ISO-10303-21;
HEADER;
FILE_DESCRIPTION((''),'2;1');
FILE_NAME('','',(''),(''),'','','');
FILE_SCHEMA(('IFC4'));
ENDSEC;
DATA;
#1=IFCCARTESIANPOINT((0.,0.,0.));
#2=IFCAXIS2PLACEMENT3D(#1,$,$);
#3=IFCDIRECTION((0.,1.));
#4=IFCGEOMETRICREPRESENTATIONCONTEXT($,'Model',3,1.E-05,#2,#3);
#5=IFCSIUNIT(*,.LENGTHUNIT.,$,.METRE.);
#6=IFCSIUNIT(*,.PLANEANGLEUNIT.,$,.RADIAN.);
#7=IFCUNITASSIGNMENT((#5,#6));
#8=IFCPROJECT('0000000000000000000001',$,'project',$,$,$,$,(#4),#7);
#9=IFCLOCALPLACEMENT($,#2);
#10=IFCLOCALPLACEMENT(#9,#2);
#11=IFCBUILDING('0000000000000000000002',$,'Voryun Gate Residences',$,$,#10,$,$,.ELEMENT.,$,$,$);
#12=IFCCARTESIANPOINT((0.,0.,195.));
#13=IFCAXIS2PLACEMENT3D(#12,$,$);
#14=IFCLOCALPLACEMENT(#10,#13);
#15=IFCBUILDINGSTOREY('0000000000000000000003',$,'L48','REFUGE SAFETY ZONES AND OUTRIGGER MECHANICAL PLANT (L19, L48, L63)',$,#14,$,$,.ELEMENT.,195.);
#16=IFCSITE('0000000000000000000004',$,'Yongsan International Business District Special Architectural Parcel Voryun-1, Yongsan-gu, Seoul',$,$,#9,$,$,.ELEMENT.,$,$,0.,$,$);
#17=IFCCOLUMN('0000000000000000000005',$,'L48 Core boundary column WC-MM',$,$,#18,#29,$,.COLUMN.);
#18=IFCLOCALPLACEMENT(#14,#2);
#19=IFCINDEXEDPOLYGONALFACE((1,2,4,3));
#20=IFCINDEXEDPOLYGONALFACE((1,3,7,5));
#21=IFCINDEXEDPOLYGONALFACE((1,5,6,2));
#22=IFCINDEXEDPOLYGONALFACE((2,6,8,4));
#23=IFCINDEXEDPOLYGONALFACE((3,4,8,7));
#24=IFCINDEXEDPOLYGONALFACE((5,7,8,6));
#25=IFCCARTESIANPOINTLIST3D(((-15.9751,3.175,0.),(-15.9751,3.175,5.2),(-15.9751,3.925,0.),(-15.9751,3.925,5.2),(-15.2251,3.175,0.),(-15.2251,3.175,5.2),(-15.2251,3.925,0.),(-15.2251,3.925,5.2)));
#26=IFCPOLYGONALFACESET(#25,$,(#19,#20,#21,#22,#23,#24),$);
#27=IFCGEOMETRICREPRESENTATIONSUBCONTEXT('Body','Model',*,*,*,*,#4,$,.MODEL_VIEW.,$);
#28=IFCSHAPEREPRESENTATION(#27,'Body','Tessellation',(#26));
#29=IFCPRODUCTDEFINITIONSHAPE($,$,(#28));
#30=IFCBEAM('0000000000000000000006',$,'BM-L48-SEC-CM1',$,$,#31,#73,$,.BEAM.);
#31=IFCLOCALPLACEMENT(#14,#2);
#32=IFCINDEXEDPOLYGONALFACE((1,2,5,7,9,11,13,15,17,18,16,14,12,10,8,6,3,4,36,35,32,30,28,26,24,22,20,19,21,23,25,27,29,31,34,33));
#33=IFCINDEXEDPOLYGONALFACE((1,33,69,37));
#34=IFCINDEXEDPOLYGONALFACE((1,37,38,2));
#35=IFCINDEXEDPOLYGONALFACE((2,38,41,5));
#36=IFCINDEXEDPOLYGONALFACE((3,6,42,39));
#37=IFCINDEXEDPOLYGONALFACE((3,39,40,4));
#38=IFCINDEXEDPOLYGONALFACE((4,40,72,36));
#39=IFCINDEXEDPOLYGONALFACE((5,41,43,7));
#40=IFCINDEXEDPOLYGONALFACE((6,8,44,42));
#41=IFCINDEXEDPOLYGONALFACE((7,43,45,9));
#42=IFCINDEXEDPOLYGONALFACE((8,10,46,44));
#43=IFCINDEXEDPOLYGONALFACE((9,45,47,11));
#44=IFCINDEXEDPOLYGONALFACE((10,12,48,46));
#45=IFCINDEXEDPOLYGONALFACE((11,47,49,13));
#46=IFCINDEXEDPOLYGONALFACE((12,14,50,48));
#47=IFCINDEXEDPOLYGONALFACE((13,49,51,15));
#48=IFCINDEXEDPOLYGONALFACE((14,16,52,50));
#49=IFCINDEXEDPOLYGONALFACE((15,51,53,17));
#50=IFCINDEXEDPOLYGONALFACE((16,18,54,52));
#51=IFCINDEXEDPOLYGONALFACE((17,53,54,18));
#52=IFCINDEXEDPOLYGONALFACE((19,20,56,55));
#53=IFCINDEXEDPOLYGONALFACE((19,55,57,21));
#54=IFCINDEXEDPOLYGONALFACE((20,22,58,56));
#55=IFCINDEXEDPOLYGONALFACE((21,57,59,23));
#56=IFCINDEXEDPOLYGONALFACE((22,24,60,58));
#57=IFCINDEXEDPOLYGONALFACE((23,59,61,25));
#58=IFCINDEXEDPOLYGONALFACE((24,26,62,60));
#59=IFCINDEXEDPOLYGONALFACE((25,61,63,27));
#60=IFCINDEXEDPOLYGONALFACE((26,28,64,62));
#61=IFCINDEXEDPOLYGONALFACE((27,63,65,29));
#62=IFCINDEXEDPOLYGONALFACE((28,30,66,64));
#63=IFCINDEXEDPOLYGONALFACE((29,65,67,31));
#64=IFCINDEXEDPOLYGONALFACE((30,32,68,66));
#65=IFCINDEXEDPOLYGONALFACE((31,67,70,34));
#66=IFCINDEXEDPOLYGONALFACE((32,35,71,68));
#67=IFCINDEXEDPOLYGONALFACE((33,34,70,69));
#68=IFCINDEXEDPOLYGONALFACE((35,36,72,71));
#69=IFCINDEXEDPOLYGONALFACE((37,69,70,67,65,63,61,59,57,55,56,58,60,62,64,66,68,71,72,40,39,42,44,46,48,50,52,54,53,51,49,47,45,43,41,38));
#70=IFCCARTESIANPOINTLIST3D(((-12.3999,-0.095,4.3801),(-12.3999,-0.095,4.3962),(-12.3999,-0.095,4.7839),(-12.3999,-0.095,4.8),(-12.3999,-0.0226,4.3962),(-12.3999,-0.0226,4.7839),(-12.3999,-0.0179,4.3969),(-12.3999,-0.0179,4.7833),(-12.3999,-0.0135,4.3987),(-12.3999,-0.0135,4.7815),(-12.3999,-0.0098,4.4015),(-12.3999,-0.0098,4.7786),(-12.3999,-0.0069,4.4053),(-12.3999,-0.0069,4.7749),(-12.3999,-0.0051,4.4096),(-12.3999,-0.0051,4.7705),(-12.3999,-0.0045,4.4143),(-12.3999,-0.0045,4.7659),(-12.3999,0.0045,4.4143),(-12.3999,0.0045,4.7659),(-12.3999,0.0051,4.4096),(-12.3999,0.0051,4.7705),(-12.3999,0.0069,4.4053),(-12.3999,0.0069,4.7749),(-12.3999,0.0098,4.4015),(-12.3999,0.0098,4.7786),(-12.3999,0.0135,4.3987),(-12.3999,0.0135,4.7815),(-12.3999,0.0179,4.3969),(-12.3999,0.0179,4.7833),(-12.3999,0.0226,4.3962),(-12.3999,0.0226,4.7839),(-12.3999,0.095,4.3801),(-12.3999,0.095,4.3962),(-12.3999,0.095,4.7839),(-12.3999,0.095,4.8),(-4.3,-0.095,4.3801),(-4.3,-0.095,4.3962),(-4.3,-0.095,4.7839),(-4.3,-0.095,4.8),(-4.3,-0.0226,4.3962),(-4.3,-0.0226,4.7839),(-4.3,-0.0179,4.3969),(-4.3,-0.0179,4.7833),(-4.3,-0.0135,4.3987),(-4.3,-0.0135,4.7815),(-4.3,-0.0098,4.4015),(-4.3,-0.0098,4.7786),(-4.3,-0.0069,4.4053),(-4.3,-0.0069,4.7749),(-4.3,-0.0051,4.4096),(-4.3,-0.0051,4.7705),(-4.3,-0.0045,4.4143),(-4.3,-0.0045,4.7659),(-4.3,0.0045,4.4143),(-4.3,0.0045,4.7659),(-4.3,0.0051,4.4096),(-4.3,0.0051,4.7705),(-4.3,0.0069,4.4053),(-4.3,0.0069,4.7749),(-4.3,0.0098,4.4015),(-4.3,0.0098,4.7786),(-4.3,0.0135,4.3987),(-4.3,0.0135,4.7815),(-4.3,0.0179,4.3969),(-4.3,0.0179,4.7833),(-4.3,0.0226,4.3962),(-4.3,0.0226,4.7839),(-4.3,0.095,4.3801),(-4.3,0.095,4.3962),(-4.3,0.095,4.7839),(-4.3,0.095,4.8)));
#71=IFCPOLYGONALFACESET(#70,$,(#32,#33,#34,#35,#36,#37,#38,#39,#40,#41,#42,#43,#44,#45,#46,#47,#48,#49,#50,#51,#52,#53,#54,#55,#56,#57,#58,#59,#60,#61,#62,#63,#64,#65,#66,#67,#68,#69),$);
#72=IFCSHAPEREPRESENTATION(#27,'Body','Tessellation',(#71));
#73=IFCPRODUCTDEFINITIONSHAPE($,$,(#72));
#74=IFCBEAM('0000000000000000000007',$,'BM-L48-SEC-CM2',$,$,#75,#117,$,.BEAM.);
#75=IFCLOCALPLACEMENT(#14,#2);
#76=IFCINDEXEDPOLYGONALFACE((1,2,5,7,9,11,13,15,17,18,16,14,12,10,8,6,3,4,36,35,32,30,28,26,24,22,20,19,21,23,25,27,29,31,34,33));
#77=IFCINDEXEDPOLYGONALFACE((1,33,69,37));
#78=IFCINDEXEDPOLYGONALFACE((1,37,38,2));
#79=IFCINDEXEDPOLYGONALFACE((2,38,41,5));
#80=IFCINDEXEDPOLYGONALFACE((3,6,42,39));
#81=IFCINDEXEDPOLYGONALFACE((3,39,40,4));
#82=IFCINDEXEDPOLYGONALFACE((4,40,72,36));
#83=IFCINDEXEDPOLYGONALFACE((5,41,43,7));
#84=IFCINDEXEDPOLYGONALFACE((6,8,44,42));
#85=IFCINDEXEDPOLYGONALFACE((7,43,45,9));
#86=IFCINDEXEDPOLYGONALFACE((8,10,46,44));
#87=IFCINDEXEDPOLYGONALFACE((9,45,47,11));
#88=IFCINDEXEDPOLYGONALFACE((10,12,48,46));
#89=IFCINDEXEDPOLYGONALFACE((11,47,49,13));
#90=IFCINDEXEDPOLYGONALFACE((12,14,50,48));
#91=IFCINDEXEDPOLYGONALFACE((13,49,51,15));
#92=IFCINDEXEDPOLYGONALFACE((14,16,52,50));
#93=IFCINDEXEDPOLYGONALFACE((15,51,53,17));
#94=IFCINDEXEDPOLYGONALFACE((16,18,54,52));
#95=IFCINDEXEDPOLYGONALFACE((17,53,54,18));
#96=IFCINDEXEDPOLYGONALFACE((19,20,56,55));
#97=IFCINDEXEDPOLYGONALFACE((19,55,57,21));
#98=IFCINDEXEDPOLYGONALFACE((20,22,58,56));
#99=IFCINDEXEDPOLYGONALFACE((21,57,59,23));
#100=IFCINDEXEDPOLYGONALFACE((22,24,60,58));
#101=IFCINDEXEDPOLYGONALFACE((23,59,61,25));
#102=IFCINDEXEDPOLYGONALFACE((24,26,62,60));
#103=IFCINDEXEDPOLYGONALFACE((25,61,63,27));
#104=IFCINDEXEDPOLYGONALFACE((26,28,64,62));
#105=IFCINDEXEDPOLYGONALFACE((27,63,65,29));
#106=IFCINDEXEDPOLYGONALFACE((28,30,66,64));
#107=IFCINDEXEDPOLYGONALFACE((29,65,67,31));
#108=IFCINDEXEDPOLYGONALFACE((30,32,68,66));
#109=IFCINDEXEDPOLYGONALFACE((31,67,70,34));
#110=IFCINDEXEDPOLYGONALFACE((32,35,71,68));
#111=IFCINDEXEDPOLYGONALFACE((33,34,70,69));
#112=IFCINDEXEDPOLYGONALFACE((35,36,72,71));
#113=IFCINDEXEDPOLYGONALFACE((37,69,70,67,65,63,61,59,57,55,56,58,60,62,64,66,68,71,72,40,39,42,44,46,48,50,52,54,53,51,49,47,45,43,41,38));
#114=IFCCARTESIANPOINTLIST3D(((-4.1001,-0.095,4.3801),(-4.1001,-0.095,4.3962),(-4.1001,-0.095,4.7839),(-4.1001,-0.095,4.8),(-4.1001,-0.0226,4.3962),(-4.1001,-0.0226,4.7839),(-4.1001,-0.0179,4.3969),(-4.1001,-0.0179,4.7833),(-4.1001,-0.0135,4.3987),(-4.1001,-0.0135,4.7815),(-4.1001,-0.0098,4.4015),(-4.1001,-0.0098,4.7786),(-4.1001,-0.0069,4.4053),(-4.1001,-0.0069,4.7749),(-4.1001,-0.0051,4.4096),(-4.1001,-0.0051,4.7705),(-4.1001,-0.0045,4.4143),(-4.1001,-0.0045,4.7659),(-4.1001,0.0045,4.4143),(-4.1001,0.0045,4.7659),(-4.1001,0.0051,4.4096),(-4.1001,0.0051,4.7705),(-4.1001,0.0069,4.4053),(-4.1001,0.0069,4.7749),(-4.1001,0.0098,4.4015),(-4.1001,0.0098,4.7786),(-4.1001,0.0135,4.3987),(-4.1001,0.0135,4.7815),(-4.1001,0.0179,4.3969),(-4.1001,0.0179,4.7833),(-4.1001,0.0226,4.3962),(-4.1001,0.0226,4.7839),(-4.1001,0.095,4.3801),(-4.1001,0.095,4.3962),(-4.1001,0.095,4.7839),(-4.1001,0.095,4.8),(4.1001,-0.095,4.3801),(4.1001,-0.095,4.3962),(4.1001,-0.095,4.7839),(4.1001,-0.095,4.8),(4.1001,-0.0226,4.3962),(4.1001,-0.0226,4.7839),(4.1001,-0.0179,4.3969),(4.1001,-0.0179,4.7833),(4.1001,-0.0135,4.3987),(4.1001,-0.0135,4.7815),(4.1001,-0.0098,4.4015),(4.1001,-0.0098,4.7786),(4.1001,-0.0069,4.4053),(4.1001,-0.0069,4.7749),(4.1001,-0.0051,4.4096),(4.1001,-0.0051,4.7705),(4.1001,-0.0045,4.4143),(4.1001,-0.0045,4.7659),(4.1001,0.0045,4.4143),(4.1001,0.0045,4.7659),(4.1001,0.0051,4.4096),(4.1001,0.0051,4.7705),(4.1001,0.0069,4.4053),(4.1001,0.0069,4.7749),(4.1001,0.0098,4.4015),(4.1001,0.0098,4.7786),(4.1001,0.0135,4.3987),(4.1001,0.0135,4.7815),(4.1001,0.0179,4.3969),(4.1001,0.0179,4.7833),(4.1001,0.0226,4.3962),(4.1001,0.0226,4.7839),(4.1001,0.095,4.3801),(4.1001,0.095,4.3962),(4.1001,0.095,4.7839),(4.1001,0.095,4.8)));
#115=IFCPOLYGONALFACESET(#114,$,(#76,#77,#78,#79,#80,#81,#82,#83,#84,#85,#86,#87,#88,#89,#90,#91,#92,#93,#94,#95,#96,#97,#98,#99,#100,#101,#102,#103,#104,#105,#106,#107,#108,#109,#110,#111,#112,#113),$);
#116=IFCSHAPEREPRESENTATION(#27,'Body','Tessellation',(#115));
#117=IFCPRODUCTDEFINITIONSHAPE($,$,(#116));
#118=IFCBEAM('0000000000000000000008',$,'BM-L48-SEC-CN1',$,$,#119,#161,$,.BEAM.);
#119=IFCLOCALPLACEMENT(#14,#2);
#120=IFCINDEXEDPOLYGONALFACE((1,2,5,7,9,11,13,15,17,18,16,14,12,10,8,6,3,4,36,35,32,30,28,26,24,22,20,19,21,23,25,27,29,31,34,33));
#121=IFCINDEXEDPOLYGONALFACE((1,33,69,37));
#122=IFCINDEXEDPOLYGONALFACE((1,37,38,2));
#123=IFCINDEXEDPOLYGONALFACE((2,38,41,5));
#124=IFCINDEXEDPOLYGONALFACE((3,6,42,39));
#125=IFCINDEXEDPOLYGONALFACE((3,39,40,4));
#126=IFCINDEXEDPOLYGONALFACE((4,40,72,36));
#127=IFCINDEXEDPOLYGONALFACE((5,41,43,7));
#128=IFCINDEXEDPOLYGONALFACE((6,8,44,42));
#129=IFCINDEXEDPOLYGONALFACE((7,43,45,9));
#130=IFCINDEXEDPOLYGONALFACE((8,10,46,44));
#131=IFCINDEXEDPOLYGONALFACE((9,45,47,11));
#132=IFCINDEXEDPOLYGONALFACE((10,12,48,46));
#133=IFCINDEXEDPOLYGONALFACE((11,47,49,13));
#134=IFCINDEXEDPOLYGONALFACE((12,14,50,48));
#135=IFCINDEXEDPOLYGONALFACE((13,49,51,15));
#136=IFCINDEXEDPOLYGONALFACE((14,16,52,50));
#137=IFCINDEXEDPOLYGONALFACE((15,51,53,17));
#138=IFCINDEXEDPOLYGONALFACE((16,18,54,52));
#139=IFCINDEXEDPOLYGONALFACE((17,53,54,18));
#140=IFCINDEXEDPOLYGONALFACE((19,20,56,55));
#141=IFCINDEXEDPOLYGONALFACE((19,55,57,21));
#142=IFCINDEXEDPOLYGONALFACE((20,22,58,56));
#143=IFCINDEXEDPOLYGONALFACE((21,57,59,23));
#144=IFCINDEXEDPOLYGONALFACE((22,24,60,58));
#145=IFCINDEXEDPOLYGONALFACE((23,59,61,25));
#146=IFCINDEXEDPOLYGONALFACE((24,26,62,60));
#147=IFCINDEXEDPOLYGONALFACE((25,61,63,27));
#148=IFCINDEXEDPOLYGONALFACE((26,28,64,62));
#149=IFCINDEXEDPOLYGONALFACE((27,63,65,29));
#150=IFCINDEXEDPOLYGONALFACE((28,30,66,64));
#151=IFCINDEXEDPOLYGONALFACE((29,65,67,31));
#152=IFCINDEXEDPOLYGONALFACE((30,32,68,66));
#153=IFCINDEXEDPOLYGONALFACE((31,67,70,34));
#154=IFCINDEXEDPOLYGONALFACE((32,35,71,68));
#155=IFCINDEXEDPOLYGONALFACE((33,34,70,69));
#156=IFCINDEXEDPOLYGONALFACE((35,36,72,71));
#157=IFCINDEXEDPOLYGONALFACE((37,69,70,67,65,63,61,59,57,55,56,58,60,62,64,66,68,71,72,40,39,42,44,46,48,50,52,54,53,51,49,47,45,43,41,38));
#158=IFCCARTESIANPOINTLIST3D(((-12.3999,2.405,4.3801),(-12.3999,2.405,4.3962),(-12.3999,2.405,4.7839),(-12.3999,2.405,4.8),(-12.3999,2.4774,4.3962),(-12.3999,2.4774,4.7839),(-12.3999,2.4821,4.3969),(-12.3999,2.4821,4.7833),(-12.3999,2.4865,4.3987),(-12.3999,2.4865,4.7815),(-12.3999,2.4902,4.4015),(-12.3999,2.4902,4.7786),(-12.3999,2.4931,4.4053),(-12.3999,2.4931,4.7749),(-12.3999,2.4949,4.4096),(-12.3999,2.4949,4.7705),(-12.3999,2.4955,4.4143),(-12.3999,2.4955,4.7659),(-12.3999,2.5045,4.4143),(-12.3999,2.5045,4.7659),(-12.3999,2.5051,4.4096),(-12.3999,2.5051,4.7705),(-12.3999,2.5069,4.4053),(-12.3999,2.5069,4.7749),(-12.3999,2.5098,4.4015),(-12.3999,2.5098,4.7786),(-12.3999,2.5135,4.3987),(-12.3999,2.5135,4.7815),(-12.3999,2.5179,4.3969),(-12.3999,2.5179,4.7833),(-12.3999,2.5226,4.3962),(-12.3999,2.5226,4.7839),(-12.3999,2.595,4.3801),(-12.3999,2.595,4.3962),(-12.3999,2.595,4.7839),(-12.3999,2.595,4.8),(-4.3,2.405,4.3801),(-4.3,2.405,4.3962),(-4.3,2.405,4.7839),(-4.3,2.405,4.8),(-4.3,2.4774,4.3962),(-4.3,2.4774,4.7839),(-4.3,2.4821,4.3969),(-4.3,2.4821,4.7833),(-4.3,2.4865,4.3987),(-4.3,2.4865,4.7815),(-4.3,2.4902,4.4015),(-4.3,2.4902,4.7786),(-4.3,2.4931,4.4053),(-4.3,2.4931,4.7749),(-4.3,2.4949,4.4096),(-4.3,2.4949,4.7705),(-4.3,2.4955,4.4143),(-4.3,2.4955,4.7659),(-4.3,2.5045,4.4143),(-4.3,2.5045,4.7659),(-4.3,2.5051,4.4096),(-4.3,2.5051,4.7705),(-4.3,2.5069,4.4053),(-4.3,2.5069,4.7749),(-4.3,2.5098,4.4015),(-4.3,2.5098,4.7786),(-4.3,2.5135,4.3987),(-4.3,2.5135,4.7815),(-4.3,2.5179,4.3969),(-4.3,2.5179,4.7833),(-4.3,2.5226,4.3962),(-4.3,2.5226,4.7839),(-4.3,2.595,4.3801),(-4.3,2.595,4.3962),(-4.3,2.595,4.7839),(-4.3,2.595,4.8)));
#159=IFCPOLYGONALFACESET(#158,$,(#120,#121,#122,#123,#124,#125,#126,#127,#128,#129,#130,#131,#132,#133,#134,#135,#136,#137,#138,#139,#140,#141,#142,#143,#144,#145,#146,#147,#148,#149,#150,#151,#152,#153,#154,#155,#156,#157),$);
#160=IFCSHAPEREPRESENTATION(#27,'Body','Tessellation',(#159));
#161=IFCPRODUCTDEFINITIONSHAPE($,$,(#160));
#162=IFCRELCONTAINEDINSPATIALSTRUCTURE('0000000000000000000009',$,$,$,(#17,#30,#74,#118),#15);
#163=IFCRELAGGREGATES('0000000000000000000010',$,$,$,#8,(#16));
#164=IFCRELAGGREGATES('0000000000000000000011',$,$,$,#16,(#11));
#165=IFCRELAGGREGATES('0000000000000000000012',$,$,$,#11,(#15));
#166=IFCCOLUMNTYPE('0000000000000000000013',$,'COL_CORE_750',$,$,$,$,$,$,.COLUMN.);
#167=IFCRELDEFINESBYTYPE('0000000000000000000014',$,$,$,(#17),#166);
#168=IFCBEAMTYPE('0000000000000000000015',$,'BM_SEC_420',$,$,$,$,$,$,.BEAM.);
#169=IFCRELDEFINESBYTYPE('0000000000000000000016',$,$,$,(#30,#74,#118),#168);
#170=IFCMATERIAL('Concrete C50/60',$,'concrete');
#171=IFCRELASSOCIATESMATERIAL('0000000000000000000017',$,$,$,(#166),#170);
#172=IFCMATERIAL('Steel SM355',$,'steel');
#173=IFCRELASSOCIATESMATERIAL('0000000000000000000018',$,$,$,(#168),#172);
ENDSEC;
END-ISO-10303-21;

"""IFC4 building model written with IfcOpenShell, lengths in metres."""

from ifc_helpers import new_model, si_unit, direction, frame, origin, origin_2d, place, context, subcontext, project, spatial, rectangle, i_section, extrude, material, material_profile, profile_set, type_object, element, save


model = new_model("IFC4")

# Units and contexts
model_context = context("Model", 3, precision=1e-05, world=origin(), true_north=direction((0.0, 1.0)))
body_context = subcontext(model_context, "Body", "Model", "MODEL_VIEW")
ifc_project = project(units=[si_unit("LENGTHUNIT", "METRE"), si_unit("PLANEANGLEUNIT", "RADIAN")], contexts=[model_context])

# Site, building, storey
site_placement = place(None, origin())
site = spatial("IfcSite", under=ifc_project, at=site_placement, Name="Yongsan International Business District Special Architectural Parcel Voryun-1, Yongsan-gu, Seoul", CompositionType="ELEMENT", RefElevation=0.0)
building_placement = place(site_placement, origin())
building = spatial("IfcBuilding", under=site, at=building_placement, Name="Voryun Gate Residences", CompositionType="ELEMENT")
storey_placement = place(building_placement, frame((0.0, 0.0, 195.0)))
storey = spatial("IfcBuildingStorey", under=building, at=storey_placement, Name="L48", Description="REFUGE SAFETY ZONES AND OUTRIGGER MECHANICAL PLANT (L19, L48, L63)", CompositionType="ELEMENT", Elevation=195.0)

# Column
ifc_material_1 = material(Name="Concrete C50/60", Category="concrete")
ifc_material_profile_1 = material_profile(ifc_material_1, rectangle(XDim=0.75, YDim=0.75, at=origin_2d()), Name="RC-750x750")
ifc_profile_set_1 = profile_set([ifc_material_profile_1], Name="Concrete C50/60")
column_type = type_object("IfcColumnType", Name="COL_CORE_750", PredefinedType="COLUMN", material=ifc_profile_set_1)
column_placement = place(storey_placement, frame((-15.6001, 3.55, 0.0), z_axis=(0.0, 0.0, 1.0), x_axis=(1.0, 0.0, 0.0)))
element("IfcColumn", 1, at=column_placement, inside=storey, type_object=column_type, Name="L48 Core boundary column WC-MM", PredefinedType="COLUMN", context=body_context, shape_type="SweptSolid", body=[
    extrude(rectangle(XDim=0.75, YDim=0.75, at=origin_2d()), origin(), (0.0, 0.0, 1.0), 5.2),
])

# Beams
ifc_material_2 = material(Name="Steel SM355", Category="steel")
ifc_material_profile_2 = material_profile(ifc_material_2, i_section(OverallWidth=0.1899, OverallDepth=0.4199, WebThickness=0.009, FlangeThickness=0.0161, FilletRadius=0.0181, at=origin_2d()), Name="H-420x190x9x16")
ifc_profile_set_2 = profile_set([ifc_material_profile_2], Name="Steel SM355")
beam_type = type_object("IfcBeamType", Name="BM_SEC_420", PredefinedType="BEAM", material=ifc_profile_set_2)
beam_1_placement = place(storey_placement, frame((-12.3999, 0.0, 4.5901), z_axis=(1.0, 0.0, 0.0), x_axis=(0.0, 1.0, 0.0)))
element("IfcBeam", 2, at=beam_1_placement, inside=storey, type_object=beam_type, Name="BM-L48-SEC-CM1", PredefinedType="BEAM", context=body_context, shape_type="SweptSolid", body=[
    extrude(i_section(OverallWidth=0.1899, OverallDepth=0.4199, WebThickness=0.009, FlangeThickness=0.0161, FilletRadius=0.0181, at=origin_2d()), origin(), (0.0, 0.0, 1.0), 8.0999),
])
beam_2_placement = place(storey_placement, frame((-4.1001, 0.0, 4.5901), z_axis=(1.0, 0.0, 0.0), x_axis=(0.0, 1.0, 0.0)))
element("IfcBeam", 3, at=beam_2_placement, inside=storey, type_object=beam_type, Name="BM-L48-SEC-CM2", PredefinedType="BEAM", context=body_context, shape_type="SweptSolid", body=[
    extrude(i_section(OverallWidth=0.1899, OverallDepth=0.4199, WebThickness=0.009, FlangeThickness=0.0161, FilletRadius=0.0181, at=origin_2d()), origin(), (0.0, 0.0, 1.0), 8.2002),
])
beam_3_placement = place(storey_placement, frame((-12.3999, 2.5, 4.5901), z_axis=(1.0, 0.0, 0.0), x_axis=(0.0, 1.0, 0.0)))
element("IfcBeam", 4, at=beam_3_placement, inside=storey, type_object=beam_type, Name="BM-L48-SEC-CN1", PredefinedType="BEAM", context=body_context, shape_type="SweptSolid", body=[
    extrude(i_section(OverallWidth=0.1899, OverallDepth=0.4199, WebThickness=0.009, FlangeThickness=0.0161, FilletRadius=0.0181, at=origin_2d()), origin(), (0.0, 0.0, 1.0), 8.0999),
])

save(model, "model.ifc")
